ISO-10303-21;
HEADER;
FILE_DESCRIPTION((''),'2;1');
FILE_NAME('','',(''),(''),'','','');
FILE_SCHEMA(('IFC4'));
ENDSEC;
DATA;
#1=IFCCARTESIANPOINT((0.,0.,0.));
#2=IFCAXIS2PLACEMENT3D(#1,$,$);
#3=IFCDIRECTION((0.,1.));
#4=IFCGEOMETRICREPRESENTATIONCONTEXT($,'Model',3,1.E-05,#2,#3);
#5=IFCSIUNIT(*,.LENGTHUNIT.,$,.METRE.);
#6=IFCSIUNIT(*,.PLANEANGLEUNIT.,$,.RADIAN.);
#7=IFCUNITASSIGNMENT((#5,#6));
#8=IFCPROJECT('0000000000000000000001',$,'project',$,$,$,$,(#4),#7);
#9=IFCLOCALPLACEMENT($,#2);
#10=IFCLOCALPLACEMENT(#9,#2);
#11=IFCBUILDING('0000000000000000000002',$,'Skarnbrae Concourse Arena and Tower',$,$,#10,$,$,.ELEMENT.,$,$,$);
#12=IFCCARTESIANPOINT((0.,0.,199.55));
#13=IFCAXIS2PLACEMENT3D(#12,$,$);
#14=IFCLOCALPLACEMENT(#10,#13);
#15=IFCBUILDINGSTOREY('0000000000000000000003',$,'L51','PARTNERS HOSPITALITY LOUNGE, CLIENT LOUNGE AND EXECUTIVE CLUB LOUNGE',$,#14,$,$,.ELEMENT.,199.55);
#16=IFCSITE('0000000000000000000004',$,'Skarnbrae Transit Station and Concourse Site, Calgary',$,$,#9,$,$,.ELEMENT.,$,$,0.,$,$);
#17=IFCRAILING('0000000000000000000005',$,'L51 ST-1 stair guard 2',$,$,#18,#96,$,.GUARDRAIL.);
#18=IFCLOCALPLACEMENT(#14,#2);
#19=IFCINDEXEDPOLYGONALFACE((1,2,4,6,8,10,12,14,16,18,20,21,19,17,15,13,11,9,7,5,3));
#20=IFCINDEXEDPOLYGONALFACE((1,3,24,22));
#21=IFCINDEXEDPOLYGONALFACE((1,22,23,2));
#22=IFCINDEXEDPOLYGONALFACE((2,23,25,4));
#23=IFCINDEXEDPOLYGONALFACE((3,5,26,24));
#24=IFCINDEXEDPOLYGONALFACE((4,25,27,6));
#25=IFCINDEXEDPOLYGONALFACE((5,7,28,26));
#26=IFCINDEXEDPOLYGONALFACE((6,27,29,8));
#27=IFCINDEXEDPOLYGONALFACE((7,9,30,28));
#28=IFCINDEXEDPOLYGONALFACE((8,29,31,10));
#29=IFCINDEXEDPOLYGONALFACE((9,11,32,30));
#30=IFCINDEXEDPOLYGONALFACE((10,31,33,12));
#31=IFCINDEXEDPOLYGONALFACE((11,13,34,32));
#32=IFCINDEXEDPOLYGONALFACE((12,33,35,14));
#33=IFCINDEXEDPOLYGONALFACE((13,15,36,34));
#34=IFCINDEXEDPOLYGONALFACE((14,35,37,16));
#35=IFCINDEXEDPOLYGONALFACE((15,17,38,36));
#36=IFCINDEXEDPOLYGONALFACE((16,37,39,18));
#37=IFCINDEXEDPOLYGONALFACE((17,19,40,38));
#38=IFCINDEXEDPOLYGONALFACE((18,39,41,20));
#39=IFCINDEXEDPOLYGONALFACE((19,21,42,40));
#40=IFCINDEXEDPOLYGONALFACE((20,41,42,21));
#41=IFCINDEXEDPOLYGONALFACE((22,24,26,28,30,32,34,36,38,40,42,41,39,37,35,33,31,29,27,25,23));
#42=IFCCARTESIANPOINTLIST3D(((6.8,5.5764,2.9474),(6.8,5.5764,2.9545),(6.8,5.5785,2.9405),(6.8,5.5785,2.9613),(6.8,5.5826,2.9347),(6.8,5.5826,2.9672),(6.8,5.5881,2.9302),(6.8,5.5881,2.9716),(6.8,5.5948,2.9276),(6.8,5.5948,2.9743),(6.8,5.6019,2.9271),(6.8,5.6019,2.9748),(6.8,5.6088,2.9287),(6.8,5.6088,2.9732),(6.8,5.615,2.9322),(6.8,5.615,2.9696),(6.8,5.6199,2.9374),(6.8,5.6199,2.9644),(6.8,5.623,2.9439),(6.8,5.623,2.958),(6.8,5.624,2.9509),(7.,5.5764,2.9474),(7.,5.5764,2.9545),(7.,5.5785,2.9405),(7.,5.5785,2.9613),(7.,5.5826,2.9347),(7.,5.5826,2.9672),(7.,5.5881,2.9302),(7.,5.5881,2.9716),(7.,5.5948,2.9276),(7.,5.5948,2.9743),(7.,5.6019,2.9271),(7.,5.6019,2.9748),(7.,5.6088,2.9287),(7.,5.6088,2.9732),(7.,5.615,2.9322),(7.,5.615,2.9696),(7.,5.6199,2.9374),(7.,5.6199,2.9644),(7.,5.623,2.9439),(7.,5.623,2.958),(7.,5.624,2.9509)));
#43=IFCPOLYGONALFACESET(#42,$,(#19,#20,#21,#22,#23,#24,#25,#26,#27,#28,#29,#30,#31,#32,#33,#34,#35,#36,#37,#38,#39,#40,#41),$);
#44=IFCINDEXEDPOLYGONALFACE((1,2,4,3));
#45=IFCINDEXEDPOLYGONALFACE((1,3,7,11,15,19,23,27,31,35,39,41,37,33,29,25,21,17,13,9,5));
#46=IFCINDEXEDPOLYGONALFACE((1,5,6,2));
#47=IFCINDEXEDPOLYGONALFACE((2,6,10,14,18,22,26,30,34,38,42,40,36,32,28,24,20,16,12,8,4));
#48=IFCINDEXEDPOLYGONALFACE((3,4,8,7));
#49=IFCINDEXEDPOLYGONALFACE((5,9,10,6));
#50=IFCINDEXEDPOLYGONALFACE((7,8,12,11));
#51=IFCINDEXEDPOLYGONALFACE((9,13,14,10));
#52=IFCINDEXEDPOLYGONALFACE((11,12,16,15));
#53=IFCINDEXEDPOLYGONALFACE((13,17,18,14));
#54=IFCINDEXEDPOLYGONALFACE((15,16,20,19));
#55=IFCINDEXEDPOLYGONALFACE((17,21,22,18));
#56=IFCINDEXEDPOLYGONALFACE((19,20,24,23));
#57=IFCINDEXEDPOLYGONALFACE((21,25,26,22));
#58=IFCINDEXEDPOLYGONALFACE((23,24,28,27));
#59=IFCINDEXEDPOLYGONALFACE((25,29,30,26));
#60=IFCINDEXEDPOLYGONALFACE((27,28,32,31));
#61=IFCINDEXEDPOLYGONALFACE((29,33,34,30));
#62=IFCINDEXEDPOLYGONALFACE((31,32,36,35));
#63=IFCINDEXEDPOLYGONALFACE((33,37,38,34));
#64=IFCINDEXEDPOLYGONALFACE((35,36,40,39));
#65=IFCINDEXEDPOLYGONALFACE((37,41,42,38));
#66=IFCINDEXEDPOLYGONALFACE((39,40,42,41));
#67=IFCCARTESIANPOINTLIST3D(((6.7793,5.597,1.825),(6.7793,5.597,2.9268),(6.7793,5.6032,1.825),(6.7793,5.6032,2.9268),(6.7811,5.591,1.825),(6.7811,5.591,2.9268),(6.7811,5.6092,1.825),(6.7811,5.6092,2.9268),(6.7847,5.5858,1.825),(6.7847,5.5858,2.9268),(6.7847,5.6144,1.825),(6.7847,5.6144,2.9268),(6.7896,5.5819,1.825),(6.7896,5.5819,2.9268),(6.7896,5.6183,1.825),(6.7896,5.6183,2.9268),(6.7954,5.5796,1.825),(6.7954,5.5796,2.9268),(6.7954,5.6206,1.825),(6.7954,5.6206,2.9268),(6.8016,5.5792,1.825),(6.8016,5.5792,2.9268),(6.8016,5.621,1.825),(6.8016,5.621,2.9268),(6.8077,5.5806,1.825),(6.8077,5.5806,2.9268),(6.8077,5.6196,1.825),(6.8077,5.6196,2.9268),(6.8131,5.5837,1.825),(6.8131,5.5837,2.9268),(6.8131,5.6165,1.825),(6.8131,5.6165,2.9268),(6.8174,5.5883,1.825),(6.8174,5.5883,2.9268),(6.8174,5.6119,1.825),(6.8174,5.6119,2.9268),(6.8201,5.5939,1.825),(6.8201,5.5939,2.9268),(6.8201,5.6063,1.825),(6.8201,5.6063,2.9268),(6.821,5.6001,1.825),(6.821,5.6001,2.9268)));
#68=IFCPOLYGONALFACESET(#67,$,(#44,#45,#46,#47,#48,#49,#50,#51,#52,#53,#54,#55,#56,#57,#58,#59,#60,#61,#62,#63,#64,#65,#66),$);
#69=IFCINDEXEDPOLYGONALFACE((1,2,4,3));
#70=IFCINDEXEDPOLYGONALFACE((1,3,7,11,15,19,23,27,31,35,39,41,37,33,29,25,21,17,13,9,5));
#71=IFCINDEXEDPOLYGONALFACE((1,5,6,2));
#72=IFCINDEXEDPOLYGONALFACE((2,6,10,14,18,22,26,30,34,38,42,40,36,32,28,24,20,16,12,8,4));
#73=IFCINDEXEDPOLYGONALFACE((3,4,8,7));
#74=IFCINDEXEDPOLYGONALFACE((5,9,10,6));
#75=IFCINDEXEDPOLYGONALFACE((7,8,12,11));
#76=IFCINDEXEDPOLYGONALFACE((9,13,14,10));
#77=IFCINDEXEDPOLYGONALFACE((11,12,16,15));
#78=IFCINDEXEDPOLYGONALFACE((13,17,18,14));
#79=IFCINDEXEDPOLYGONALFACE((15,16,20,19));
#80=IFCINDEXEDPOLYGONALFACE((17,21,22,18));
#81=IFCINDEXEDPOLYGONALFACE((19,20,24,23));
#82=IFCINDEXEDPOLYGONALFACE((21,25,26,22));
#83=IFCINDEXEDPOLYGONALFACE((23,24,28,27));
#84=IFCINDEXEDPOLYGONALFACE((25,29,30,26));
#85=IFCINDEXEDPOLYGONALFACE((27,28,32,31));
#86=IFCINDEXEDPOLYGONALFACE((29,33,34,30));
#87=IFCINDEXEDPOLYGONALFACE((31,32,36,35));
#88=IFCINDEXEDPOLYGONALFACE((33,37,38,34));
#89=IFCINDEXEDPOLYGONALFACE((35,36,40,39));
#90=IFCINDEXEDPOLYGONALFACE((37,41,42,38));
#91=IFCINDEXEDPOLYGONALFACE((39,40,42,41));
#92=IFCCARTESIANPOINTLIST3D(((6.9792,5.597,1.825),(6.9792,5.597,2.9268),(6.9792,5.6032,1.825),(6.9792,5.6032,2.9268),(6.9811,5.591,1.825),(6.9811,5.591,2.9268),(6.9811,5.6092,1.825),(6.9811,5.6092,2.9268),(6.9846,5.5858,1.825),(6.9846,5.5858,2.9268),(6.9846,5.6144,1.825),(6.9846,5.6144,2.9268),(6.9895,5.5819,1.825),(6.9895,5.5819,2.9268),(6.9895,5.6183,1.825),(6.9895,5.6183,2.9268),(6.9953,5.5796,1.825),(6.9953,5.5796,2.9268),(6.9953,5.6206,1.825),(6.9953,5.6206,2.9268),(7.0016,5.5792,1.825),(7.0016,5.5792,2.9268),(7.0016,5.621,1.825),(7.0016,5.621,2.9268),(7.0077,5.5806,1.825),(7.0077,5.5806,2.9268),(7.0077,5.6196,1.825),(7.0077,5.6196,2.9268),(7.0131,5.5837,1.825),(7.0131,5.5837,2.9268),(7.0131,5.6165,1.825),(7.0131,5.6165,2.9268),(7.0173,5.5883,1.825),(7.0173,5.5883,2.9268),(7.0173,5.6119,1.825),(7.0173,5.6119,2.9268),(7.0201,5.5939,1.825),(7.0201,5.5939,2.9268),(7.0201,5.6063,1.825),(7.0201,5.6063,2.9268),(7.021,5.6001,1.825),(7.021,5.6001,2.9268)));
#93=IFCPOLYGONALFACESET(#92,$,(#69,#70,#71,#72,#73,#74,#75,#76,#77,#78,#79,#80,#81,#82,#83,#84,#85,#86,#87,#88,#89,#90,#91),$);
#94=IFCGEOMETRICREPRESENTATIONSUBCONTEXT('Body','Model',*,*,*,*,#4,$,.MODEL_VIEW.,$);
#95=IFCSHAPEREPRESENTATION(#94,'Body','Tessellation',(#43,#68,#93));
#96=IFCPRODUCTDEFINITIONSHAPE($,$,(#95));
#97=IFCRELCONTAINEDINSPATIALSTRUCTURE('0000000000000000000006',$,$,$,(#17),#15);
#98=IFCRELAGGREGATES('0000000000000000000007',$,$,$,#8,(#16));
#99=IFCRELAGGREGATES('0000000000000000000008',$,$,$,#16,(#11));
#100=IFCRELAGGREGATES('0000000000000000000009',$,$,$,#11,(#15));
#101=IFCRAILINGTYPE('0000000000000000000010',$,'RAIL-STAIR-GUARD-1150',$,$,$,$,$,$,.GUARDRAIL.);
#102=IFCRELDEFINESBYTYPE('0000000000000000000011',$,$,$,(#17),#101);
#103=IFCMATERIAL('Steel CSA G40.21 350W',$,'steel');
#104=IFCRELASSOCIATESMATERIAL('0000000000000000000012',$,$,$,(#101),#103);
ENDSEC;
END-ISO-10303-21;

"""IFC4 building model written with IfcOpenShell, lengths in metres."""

from ifc_helpers import new_model, si_unit, direction, frame, origin, origin_2d, place, context, subcontext, project, spatial, circle, extrude, material, type_object, element, save


model = new_model("IFC4")

# Units and contexts
model_context = context("Model", 3, precision=1e-05, world=origin(), true_north=direction((0.0, 1.0)))
body_context = subcontext(model_context, "Body", "Model", "MODEL_VIEW")
ifc_project = project(units=[si_unit("LENGTHUNIT", "METRE"), si_unit("PLANEANGLEUNIT", "RADIAN")], contexts=[model_context])

# Site, building, storey
site_placement = place(None, origin())
site = spatial("IfcSite", under=ifc_project, at=site_placement, Name="Skarnbrae Transit Station and Concourse Site, Calgary", CompositionType="ELEMENT", RefElevation=0.0)
building_placement = place(site_placement, origin())
building = spatial("IfcBuilding", under=site, at=building_placement, Name="Skarnbrae Concourse Arena and Tower", CompositionType="ELEMENT")
storey_placement = place(building_placement, frame((0.0, 0.0, 199.55)))
storey = spatial("IfcBuildingStorey", under=building, at=storey_placement, Name="L51", Description="PARTNERS HOSPITALITY LOUNGE, CLIENT LOUNGE AND EXECUTIVE CLUB LOUNGE", CompositionType="ELEMENT", Elevation=199.55)

# Railing
ifc_material_1 = material(Name="Steel CSA G40.21 350W", Category="steel")
railing_type_1 = type_object("IfcRailingType", Name="RAIL-STAIR-GUARD-1150", PredefinedType="GUARDRAIL", material=ifc_material_1)
railing_1_placement = place(storey_placement, frame((6.8, 5.6001, 1.825)))
element("IfcRailing", 1, at=railing_1_placement, inside=storey, type_object=railing_type_1, Name="L51 ST-1 stair guard 2", PredefinedType="GUARDRAIL", context=body_context, shape_type="SweptSolid", body=[
    extrude(circle(Radius=0.0239, at=origin_2d()), frame((0.0, 0.0, 1.126), z_axis=(1.0, 0.0, 0.0), x_axis=(0.0, 1.0, 0.0)), (0.0, 0.0, 1.0), 0.2),
    extrude(circle(Radius=0.021, at=origin_2d()), origin(), (0.0, 0.0, 1.0), 1.1018),
    extrude(circle(Radius=0.021, at=origin_2d()), frame((0.2, 0.0, 0.0)), (0.0, 0.0, 1.0), 1.1018),
])

save(model, "model.ifc")
